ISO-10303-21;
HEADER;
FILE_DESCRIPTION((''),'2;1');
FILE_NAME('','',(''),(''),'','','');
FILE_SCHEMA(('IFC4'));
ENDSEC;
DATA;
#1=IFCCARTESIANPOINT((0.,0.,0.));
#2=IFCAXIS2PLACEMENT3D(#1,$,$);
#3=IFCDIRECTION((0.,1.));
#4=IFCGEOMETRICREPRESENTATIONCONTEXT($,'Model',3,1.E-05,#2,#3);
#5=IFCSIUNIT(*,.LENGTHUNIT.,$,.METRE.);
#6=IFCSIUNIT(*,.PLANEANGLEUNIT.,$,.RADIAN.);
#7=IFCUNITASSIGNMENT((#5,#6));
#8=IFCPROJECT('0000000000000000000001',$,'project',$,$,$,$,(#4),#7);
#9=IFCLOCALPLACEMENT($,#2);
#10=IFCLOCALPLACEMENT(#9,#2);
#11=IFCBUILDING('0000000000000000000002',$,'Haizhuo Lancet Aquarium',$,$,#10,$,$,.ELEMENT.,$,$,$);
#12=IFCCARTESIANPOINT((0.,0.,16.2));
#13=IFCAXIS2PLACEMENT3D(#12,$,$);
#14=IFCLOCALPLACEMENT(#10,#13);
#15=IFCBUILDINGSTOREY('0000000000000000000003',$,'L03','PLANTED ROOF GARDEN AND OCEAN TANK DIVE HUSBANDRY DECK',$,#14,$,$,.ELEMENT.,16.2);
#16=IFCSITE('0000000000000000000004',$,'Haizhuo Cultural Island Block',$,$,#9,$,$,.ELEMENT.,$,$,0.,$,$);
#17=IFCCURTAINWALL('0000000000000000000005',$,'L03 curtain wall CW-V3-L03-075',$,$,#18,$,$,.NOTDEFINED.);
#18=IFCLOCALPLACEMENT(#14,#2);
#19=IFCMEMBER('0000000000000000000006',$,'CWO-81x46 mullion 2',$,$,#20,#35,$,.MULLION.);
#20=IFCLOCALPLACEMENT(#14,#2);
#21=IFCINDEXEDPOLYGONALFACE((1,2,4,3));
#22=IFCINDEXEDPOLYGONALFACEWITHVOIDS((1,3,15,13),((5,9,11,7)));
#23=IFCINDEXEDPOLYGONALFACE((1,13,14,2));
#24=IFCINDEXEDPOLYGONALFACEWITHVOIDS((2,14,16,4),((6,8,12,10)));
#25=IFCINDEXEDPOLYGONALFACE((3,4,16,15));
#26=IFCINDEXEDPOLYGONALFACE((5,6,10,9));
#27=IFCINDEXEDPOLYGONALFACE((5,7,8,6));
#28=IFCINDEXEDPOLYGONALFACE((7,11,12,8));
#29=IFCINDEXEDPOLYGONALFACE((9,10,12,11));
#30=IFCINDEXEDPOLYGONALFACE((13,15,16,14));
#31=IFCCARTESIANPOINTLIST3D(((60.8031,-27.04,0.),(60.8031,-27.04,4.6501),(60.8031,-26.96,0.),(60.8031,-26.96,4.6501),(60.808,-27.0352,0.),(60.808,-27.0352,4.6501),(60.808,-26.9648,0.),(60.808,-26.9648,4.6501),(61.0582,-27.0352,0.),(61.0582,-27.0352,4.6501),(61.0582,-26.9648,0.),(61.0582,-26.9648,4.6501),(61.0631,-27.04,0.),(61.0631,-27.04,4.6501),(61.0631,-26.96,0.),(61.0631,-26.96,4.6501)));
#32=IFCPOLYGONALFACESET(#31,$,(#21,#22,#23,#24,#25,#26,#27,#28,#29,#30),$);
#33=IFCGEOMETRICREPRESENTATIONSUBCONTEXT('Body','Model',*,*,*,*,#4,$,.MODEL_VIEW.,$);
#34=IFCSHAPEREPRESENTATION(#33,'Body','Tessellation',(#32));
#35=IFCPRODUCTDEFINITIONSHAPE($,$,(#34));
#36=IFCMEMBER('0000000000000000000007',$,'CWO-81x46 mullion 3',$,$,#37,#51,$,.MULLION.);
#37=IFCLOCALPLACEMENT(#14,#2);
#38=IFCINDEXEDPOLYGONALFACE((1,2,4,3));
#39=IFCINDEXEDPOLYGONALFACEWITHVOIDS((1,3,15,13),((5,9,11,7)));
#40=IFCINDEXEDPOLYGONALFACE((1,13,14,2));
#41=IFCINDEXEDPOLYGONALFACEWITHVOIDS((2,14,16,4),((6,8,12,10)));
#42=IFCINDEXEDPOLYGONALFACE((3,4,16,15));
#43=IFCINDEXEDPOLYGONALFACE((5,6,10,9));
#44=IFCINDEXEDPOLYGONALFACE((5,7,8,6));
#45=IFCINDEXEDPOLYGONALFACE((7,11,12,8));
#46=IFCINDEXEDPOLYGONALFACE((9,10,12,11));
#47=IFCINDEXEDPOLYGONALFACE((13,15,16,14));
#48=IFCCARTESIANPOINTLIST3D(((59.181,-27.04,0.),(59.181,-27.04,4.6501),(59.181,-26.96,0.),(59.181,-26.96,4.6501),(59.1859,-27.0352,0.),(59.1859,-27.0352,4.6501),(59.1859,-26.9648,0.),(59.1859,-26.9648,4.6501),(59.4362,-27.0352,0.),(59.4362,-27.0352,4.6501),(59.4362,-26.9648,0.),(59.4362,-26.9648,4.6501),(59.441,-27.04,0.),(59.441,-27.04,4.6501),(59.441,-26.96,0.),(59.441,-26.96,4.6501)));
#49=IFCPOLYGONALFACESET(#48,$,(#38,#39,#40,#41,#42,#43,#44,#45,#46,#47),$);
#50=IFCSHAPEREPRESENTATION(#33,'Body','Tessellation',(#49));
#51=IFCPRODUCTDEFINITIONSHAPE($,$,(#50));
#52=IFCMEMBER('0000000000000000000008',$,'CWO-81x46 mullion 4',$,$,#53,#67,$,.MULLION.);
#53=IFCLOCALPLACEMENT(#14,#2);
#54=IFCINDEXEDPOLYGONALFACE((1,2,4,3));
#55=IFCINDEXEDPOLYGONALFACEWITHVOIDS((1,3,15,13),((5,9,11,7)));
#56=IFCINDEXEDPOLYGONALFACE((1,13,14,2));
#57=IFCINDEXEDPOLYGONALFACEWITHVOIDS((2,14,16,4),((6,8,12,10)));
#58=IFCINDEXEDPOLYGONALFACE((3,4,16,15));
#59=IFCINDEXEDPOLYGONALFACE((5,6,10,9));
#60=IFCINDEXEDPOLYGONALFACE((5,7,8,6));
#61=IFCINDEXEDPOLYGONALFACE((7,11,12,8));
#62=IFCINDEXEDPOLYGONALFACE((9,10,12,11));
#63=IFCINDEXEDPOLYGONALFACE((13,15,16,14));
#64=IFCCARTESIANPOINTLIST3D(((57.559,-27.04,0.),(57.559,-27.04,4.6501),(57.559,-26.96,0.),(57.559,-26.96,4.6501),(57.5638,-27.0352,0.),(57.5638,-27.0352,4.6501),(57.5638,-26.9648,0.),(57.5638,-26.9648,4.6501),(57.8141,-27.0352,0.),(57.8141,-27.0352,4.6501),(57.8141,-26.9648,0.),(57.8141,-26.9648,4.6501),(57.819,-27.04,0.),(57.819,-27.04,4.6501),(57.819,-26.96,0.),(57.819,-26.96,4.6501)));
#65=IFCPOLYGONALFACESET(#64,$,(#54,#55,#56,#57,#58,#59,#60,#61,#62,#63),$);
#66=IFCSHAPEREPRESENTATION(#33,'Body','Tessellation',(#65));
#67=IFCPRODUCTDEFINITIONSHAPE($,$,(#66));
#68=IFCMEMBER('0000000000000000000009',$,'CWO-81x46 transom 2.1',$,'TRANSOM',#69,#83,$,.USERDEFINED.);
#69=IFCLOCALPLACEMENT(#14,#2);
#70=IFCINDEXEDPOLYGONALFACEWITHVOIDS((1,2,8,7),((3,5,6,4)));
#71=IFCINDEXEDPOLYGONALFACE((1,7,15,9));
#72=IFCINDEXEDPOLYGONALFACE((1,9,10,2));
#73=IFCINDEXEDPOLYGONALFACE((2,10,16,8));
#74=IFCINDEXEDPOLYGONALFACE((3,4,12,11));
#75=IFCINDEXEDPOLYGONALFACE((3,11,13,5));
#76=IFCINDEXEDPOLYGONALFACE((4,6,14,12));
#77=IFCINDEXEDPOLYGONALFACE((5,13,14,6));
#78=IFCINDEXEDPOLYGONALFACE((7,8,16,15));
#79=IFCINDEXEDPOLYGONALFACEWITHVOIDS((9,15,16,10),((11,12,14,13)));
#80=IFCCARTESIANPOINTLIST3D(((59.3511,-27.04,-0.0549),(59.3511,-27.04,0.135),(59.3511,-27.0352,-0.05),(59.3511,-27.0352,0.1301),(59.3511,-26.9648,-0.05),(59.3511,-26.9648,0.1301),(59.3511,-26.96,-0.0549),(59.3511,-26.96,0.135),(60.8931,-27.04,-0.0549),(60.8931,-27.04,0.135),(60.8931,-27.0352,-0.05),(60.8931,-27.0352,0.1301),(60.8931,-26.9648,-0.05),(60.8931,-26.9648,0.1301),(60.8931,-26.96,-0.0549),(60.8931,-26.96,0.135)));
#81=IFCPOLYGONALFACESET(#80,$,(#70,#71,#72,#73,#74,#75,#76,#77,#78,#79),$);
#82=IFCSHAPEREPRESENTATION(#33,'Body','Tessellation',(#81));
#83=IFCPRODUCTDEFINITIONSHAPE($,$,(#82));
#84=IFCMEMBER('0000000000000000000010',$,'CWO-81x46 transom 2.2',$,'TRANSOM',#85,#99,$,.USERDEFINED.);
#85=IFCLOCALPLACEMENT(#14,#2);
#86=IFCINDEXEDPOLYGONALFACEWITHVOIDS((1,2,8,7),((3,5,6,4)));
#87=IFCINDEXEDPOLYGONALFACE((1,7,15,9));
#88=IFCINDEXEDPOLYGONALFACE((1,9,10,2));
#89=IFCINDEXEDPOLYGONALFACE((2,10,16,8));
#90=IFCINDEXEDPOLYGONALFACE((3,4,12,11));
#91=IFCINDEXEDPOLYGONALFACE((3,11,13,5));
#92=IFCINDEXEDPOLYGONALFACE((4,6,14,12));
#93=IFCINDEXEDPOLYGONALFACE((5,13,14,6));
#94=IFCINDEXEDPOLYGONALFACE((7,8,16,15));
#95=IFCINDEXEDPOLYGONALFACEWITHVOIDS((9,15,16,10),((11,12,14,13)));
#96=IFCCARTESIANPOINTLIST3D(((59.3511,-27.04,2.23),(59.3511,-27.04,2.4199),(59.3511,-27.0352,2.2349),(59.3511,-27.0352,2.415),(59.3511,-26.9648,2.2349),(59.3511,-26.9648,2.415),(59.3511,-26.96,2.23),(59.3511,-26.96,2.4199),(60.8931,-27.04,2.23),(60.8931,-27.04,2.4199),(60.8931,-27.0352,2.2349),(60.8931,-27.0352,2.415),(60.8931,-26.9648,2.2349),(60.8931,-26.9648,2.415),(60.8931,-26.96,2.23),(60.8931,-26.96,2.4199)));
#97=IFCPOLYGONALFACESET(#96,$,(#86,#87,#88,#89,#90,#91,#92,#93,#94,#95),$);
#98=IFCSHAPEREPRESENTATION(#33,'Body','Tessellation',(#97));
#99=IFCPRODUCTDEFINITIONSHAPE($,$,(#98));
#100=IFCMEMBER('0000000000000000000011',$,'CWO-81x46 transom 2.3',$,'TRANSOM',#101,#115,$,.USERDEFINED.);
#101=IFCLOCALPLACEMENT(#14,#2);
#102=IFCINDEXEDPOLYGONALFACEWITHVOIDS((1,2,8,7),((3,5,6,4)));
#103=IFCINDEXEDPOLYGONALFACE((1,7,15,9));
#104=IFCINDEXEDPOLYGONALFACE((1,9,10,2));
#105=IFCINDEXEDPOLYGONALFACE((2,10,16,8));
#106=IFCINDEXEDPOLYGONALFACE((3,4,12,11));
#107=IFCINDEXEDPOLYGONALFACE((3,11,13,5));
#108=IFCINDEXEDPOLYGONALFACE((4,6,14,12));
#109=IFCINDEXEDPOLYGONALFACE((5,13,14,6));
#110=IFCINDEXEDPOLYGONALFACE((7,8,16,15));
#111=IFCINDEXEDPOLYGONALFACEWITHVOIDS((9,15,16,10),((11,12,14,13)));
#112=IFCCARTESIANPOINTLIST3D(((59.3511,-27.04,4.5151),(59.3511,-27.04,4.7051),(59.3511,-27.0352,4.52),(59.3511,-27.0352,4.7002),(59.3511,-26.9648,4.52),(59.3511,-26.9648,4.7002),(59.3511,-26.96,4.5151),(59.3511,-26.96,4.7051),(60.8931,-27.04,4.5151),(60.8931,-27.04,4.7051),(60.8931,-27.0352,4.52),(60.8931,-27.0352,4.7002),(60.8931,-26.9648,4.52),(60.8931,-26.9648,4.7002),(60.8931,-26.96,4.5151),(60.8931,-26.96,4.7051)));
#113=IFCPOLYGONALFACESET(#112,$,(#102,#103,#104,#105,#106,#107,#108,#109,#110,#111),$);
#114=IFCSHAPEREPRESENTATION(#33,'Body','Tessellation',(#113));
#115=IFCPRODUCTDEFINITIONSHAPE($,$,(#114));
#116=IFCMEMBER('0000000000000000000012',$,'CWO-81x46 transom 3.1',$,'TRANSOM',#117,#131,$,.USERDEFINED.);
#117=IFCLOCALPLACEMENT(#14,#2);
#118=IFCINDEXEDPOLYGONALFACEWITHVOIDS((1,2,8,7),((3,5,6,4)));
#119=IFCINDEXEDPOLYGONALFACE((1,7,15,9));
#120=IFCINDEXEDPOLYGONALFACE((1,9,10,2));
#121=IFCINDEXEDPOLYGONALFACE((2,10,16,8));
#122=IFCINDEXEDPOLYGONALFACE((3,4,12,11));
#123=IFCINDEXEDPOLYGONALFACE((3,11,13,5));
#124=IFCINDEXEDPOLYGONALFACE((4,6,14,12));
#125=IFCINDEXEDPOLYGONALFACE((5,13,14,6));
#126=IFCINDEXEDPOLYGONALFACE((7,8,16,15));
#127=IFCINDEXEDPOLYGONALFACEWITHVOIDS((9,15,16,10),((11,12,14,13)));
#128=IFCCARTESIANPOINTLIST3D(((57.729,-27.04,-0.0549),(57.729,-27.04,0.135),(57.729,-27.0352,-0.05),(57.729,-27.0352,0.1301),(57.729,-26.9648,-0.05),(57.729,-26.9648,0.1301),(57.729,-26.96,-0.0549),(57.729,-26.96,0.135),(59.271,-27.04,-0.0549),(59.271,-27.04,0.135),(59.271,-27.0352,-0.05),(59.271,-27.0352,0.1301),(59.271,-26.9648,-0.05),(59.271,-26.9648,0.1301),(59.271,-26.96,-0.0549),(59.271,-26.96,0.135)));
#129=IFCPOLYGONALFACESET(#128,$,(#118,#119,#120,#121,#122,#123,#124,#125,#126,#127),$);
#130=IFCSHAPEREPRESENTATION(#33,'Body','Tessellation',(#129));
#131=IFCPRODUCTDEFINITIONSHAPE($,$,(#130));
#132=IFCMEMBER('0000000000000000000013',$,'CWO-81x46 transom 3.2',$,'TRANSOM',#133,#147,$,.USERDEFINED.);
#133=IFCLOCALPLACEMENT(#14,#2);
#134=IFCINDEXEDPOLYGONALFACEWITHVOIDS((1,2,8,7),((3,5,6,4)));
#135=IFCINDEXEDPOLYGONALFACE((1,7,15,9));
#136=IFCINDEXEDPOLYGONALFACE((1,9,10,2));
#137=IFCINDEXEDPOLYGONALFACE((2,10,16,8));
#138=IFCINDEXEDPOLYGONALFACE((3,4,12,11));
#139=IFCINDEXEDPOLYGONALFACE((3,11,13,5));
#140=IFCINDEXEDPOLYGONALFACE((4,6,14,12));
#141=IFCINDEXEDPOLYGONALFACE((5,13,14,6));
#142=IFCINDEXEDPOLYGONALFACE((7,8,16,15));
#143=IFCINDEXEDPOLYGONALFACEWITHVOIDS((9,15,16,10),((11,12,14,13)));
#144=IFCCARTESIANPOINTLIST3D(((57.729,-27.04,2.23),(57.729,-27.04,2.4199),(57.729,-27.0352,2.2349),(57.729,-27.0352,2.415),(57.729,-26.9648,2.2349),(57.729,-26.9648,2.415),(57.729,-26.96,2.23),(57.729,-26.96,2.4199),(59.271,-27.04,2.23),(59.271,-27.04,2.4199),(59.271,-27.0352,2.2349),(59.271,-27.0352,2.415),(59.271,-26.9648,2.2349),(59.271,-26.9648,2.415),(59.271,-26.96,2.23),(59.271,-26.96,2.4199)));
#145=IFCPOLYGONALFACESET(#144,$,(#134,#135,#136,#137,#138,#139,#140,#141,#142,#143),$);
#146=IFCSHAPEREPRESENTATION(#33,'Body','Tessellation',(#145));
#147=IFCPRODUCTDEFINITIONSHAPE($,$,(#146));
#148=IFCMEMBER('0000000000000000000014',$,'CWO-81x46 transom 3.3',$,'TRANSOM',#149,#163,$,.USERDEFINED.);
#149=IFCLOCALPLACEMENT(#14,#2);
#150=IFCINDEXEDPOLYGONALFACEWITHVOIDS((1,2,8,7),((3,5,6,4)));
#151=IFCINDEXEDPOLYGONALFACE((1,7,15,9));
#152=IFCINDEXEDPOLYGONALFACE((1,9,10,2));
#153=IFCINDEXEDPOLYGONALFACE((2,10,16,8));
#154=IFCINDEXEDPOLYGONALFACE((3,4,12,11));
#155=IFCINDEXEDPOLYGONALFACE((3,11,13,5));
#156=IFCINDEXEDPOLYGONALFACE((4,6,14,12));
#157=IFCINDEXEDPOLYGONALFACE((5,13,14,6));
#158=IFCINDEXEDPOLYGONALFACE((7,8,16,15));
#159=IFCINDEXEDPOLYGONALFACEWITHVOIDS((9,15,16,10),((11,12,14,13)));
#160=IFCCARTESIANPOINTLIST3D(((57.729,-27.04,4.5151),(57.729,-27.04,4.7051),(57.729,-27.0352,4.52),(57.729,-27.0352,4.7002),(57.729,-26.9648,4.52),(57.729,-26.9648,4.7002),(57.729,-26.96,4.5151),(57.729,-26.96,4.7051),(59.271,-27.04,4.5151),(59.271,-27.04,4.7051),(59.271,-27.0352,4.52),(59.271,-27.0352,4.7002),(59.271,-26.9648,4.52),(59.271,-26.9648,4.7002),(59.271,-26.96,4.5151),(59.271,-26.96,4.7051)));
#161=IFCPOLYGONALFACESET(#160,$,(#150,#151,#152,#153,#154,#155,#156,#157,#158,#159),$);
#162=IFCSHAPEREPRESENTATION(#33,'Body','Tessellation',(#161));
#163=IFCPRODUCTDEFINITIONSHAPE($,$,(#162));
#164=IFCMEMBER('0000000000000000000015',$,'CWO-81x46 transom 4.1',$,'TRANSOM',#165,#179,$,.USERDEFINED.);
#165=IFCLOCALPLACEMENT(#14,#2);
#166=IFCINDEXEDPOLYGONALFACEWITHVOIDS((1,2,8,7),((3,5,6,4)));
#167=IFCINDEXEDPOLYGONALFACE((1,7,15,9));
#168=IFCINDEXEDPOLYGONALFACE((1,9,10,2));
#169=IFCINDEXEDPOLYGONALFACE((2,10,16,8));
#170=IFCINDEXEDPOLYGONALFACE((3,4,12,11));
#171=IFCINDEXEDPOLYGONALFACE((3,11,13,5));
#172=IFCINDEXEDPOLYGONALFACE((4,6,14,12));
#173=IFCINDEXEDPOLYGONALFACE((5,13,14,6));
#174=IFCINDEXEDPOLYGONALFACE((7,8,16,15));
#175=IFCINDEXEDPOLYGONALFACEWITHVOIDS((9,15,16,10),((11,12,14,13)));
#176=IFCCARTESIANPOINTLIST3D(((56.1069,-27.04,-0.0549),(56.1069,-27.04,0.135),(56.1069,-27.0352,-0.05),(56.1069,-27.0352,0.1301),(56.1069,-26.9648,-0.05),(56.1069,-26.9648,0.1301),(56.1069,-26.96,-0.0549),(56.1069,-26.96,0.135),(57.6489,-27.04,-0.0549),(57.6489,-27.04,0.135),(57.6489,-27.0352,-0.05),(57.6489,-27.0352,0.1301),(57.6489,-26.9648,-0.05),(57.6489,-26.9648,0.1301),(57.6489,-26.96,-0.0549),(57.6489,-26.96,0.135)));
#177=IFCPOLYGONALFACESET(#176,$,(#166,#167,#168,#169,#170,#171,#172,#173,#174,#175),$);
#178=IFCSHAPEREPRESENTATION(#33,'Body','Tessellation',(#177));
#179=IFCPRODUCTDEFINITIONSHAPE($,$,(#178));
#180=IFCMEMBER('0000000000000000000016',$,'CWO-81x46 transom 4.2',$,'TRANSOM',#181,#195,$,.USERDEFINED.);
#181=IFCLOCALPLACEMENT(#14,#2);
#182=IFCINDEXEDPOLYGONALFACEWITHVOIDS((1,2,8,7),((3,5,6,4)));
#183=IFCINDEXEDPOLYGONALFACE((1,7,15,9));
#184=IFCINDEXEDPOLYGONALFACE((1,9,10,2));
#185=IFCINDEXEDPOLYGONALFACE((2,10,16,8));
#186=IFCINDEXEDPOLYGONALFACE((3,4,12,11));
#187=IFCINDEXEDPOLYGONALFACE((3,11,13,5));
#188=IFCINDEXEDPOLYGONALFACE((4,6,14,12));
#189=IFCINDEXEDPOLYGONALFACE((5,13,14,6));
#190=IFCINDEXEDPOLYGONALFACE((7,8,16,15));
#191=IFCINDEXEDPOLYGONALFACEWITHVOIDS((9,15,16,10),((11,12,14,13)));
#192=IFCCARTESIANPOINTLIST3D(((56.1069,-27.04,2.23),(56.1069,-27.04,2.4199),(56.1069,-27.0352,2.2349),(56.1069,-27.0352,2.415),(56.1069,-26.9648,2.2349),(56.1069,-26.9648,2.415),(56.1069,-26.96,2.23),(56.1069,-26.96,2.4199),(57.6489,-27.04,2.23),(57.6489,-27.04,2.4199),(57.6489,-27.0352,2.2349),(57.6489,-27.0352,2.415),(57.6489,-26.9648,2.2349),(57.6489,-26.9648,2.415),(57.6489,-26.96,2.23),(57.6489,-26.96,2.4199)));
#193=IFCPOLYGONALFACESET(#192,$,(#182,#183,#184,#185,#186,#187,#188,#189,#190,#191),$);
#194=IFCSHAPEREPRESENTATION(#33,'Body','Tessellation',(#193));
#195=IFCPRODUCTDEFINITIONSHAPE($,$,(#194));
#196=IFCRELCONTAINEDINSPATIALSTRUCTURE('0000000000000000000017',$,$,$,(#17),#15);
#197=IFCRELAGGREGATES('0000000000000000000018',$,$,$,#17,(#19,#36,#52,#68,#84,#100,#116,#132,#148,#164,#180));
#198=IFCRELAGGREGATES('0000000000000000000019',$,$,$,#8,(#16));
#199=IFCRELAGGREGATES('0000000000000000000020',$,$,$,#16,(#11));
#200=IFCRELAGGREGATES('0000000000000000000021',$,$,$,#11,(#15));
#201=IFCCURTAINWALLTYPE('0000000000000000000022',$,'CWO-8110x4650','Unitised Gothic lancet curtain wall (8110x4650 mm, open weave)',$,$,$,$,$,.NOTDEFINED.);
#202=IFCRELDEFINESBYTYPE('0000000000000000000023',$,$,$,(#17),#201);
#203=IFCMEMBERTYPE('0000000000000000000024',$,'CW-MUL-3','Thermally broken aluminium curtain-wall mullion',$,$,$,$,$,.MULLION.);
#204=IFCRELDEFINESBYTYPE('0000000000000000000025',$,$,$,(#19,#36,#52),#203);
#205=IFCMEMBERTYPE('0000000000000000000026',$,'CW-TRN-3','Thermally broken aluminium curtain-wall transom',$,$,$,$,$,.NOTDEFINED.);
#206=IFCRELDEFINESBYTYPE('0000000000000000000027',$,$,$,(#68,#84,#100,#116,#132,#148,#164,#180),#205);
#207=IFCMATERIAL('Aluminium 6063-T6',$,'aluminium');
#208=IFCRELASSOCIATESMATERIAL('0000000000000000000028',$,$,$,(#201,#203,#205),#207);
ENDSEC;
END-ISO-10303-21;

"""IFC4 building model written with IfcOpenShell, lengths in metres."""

from ifc_helpers import new_model, si_unit, direction, frame, origin, origin_2d, place, context, subcontext, project, spatial, hollow_rectangle, extrude, material, material_profile, profile_set, type_object, element, aggregate, save


model = new_model("IFC4")

# Units and contexts
model_context = context("Model", 3, precision=1e-05, world=origin(), true_north=direction((0.0, 1.0)))
body_context = subcontext(model_context, "Body", "Model", "MODEL_VIEW")
ifc_project = project(units=[si_unit("LENGTHUNIT", "METRE"), si_unit("PLANEANGLEUNIT", "RADIAN")], contexts=[model_context])

# Site, building, storey
site_placement = place(None, origin())
site = spatial("IfcSite", under=ifc_project, at=site_placement, Name="Haizhuo Cultural Island Block", CompositionType="ELEMENT", RefElevation=0.0)
building_placement = place(site_placement, origin())
building = spatial("IfcBuilding", under=site, at=building_placement, Name="Haizhuo Lancet Aquarium", CompositionType="ELEMENT")
storey_placement = place(building_placement, frame((0.0, 0.0, 16.2)))
storey = spatial("IfcBuildingStorey", under=building, at=storey_placement, Name="L03", Description="PLANTED ROOF GARDEN AND OCEAN TANK DIVE HUSBANDRY DECK", CompositionType="ELEMENT", Elevation=16.2)

# Curtain wall, members
ifc_material_1 = material(Name="Aluminium 6063-T6", Category="aluminium")
curtain_wall_type = type_object("IfcCurtainWallType", Name="CWO-8110x4650", Description="Unitised Gothic lancet curtain wall (8110x4650 mm, open weave)", PredefinedType="NOTDEFINED", material=ifc_material_1)
curtain_wall_placement = place(storey_placement, origin())
curtain_wall = element("IfcCurtainWall", 1, at=curtain_wall_placement, inside=storey, type_object=curtain_wall_type, Name="L03 curtain wall CW-V3-L03-075", PredefinedType="NOTDEFINED")
ifc_material_profile_1 = material_profile(ifc_material_1, hollow_rectangle(XDim=0.0801, YDim=0.26, WallThickness=0.0049, at=origin_2d()), Name="ALU-M 80x260x5")
ifc_profile_set_1 = profile_set([ifc_material_profile_1], Name="Aluminium 6063-T6")
member_type_1 = type_object("IfcMemberType", Name="CW-MUL-3", Description="Thermally broken aluminium curtain-wall mullion", PredefinedType="MULLION", material=ifc_profile_set_1)
member_1_placement = place(storey_placement, frame((60.9331, -27.0, 0.0), z_axis=(0.0, 0.0, 1.0), x_axis=(0.0, -1.0, 0.0)))
member_1 = element("IfcMember", 2, at=member_1_placement, type_object=member_type_1, Name="CWO-81x46 mullion 2", PredefinedType="MULLION", context=body_context, shape_type="SweptSolid", body=[
    extrude(hollow_rectangle(XDim=0.0801, YDim=0.26, WallThickness=0.0049, at=origin_2d()), origin(), (0.0, 0.0, 1.0), 4.6501),
])
member_2_placement = place(storey_placement, frame((59.311, -27.0, 0.0), z_axis=(0.0, 0.0, 1.0), x_axis=(0.0, -1.0, 0.0)))
member_2 = element("IfcMember", 3, at=member_2_placement, type_object=member_type_1, Name="CWO-81x46 mullion 3", PredefinedType="MULLION", context=body_context, shape_type="SweptSolid", body=[
    extrude(hollow_rectangle(XDim=0.0801, YDim=0.26, WallThickness=0.0049, at=origin_2d()), origin(), (0.0, 0.0, 1.0), 4.6501),
])
member_3_placement = place(storey_placement, frame((57.689, -27.0, 0.0), z_axis=(0.0, 0.0, 1.0), x_axis=(0.0, -1.0, 0.0)))
member_3 = element("IfcMember", 4, at=member_3_placement, type_object=member_type_1, Name="CWO-81x46 mullion 4", PredefinedType="MULLION", context=body_context, shape_type="SweptSolid", body=[
    extrude(hollow_rectangle(XDim=0.0801, YDim=0.26, WallThickness=0.0049, at=origin_2d()), origin(), (0.0, 0.0, 1.0), 4.6501),
])
ifc_material_profile_2 = material_profile(ifc_material_1, hollow_rectangle(XDim=0.0801, YDim=0.1899, WallThickness=0.0049, at=origin_2d()), Name="ALU-T 80x190x5")
ifc_profile_set_2 = profile_set([ifc_material_profile_2], Name="Aluminium 6063-T6")
member_type_2 = type_object("IfcMemberType", Name="CW-TRN-3", Description="Thermally broken aluminium curtain-wall transom", PredefinedType="NOTDEFINED", material=ifc_profile_set_2)
member_4_placement = place(storey_placement, frame((60.8931, -27.0, 0.04), z_axis=(-1.0, 0.0, 0.0), x_axis=(0.0, -1.0, 0.0)))
member_4 = element("IfcMember", 5, at=member_4_placement, type_object=member_type_2, Name="CWO-81x46 transom 2.1", ObjectType="TRANSOM", PredefinedType="USERDEFINED", context=body_context, shape_type="SweptSolid", body=[
    extrude(hollow_rectangle(XDim=0.0801, YDim=0.1899, WallThickness=0.0049, at=origin_2d()), origin(), (0.0, 0.0, 1.0), 1.542),
])
member_5_placement = place(storey_placement, frame((60.8931, -27.0, 2.325), z_axis=(-1.0, 0.0, 0.0), x_axis=(0.0, -1.0, 0.0)))
member_5 = element("IfcMember", 6, at=member_5_placement, type_object=member_type_2, Name="CWO-81x46 transom 2.2", ObjectType="TRANSOM", PredefinedType="USERDEFINED", context=body_context, shape_type="SweptSolid", body=[
    extrude(hollow_rectangle(XDim=0.0801, YDim=0.1899, WallThickness=0.0049, at=origin_2d()), origin(), (0.0, 0.0, 1.0), 1.542),
])
member_6_placement = place(storey_placement, frame((60.8931, -27.0, 4.6101), z_axis=(-1.0, 0.0, 0.0), x_axis=(0.0, -1.0, 0.0)))
member_6 = element("IfcMember", 7, at=member_6_placement, type_object=member_type_2, Name="CWO-81x46 transom 2.3", ObjectType="TRANSOM", PredefinedType="USERDEFINED", context=body_context, shape_type="SweptSolid", body=[
    extrude(hollow_rectangle(XDim=0.0801, YDim=0.1899, WallThickness=0.0049, at=origin_2d()), origin(), (0.0, 0.0, 1.0), 1.542),
])
member_7_placement = place(storey_placement, frame((59.271, -27.0, 0.04), z_axis=(-1.0, 0.0, 0.0), x_axis=(0.0, -1.0, 0.0)))
member_7 = element("IfcMember", 8, at=member_7_placement, type_object=member_type_2, Name="CWO-81x46 transom 3.1", ObjectType="TRANSOM", PredefinedType="USERDEFINED", context=body_context, shape_type="SweptSolid", body=[
    extrude(hollow_rectangle(XDim=0.0801, YDim=0.1899, WallThickness=0.0049, at=origin_2d()), origin(), (0.0, 0.0, 1.0), 1.542),
])
member_8_placement = place(storey_placement, frame((59.271, -27.0, 2.325), z_axis=(-1.0, 0.0, 0.0), x_axis=(0.0, -1.0, 0.0)))
member_8 = element("IfcMember", 9, at=member_8_placement, type_object=member_type_2, Name="CWO-81x46 transom 3.2", ObjectType="TRANSOM", PredefinedType="USERDEFINED", context=body_context, shape_type="SweptSolid", body=[
    extrude(hollow_rectangle(XDim=0.0801, YDim=0.1899, WallThickness=0.0049, at=origin_2d()), origin(), (0.0, 0.0, 1.0), 1.542),
])
member_9_placement = place(storey_placement, frame((59.271, -27.0, 4.6101), z_axis=(-1.0, 0.0, 0.0), x_axis=(0.0, -1.0, 0.0)))
member_9 = element("IfcMember", 10, at=member_9_placement, type_object=member_type_2, Name="CWO-81x46 transom 3.3", ObjectType="TRANSOM", PredefinedType="USERDEFINED", context=body_context, shape_type="SweptSolid", body=[
    extrude(hollow_rectangle(XDim=0.0801, YDim=0.1899, WallThickness=0.0049, at=origin_2d()), origin(), (0.0, 0.0, 1.0), 1.542),
])
member_10_placement = place(storey_placement, frame((57.6489, -27.0, 0.04), z_axis=(-1.0, 0.0, 0.0), x_axis=(0.0, -1.0, 0.0)))
member_10 = element("IfcMember", 11, at=member_10_placement, type_object=member_type_2, Name="CWO-81x46 transom 4.1", ObjectType="TRANSOM", PredefinedType="USERDEFINED", context=body_context, shape_type="SweptSolid", body=[
    extrude(hollow_rectangle(XDim=0.0801, YDim=0.1899, WallThickness=0.0049, at=origin_2d()), origin(), (0.0, 0.0, 1.0), 1.542),
])
member_11_placement = place(storey_placement, frame((57.6489, -27.0, 2.325), z_axis=(-1.0, 0.0, 0.0), x_axis=(0.0, -1.0, 0.0)))
member_11 = element("IfcMember", 12, at=member_11_placement, type_object=member_type_2, Name="CWO-81x46 transom 4.2", ObjectType="TRANSOM", PredefinedType="USERDEFINED", context=body_context, shape_type="SweptSolid", body=[
    extrude(hollow_rectangle(XDim=0.0801, YDim=0.1899, WallThickness=0.0049, at=origin_2d()), origin(), (0.0, 0.0, 1.0), 1.542),
])

aggregate(curtain_wall, [member_1, member_2, member_3, member_4, member_5, member_6, member_7, member_8, member_9, member_10, member_11])

save(model, "model.ifc")
